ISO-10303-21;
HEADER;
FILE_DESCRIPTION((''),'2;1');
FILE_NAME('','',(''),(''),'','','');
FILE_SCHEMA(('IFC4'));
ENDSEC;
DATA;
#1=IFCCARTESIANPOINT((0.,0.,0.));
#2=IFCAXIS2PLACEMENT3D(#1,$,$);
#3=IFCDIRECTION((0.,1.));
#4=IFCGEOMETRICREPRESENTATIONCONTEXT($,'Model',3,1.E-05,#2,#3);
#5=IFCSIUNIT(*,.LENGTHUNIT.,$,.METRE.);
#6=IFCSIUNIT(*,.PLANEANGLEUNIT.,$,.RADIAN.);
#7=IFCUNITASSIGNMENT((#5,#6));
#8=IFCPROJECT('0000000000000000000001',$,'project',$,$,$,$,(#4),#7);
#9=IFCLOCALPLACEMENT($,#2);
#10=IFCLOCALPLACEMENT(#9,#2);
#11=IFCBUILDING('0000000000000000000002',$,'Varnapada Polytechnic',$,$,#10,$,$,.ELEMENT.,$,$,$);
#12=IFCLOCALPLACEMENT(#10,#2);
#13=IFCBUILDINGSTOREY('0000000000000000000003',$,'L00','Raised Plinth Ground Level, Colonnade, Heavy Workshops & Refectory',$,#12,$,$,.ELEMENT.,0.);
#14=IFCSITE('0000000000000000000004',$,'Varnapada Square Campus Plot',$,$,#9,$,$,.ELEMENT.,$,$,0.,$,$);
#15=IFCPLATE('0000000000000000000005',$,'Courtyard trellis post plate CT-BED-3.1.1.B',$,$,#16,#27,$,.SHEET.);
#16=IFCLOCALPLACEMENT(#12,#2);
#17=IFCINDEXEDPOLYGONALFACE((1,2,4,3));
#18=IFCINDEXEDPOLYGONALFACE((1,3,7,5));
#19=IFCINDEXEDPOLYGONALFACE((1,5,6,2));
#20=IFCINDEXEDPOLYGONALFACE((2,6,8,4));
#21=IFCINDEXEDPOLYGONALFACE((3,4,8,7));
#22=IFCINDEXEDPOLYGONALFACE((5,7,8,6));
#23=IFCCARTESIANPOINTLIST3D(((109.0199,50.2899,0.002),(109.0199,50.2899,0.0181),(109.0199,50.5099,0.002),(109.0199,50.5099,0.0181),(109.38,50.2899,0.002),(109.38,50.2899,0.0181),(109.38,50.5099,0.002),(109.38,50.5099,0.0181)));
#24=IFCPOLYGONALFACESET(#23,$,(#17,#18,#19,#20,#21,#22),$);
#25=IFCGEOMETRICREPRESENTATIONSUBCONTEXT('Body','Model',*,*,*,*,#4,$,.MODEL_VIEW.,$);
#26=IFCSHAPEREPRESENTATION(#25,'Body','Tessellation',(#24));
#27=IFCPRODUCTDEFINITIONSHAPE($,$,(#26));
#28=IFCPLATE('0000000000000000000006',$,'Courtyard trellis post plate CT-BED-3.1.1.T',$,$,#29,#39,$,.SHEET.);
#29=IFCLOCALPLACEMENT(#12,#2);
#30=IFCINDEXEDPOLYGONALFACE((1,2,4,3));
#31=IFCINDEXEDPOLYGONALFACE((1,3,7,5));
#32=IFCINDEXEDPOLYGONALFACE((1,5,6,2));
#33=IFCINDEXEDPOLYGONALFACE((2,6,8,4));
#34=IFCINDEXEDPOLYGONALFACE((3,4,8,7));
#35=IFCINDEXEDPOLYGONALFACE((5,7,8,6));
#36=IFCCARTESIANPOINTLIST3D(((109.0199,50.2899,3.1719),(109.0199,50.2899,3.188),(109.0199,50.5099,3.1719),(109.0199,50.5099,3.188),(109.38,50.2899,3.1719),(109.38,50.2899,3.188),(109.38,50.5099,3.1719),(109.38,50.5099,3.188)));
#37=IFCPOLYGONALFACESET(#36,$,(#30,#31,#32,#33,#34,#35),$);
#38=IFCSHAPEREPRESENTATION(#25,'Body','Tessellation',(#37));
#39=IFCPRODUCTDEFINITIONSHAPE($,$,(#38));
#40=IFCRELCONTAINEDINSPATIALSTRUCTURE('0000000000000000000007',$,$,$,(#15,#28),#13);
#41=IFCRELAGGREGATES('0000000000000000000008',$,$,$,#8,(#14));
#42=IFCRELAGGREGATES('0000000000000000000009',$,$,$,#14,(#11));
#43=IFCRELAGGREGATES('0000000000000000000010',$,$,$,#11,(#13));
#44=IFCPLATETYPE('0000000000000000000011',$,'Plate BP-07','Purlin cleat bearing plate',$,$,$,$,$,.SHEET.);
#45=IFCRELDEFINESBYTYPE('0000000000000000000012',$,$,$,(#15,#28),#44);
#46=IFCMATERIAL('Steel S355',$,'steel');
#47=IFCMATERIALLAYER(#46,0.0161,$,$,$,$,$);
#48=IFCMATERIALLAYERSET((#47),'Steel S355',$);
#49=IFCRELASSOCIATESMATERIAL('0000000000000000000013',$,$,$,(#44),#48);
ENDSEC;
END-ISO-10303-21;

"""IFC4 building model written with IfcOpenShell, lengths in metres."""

from ifc_helpers import new_model, si_unit, direction, frame, origin, origin_2d, place, context, subcontext, project, spatial, rectangle, extrude, material, layer, layer_set, type_object, element, save


model = new_model("IFC4")

# Units and contexts
model_context = context("Model", 3, precision=1e-05, world=origin(), true_north=direction((0.0, 1.0)))
body_context = subcontext(model_context, "Body", "Model", "MODEL_VIEW")
ifc_project = project(units=[si_unit("LENGTHUNIT", "METRE"), si_unit("PLANEANGLEUNIT", "RADIAN")], contexts=[model_context])

# Site, building, storey
site_placement = place(None, origin())
site = spatial("IfcSite", under=ifc_project, at=site_placement, Name="Varnapada Square Campus Plot", CompositionType="ELEMENT", RefElevation=0.0)
building_placement = place(site_placement, origin())
building = spatial("IfcBuilding", under=site, at=building_placement, Name="Varnapada Polytechnic", CompositionType="ELEMENT")
storey_placement = place(building_placement, origin())
storey = spatial("IfcBuildingStorey", under=building, at=storey_placement, Name="L00", Description="Raised Plinth Ground Level, Colonnade, Heavy Workshops & Refectory", CompositionType="ELEMENT", Elevation=0.0)

# Shared definitions
ifc_material_1 = material(Name="Steel S355", Category="steel")

# Plates
ifc_layer_1 = layer(ifc_material_1, 0.0161)
ifc_layer_set_1 = layer_set([ifc_layer_1], Name="Steel S355")
plate_type = type_object("IfcPlateType", Name="Plate BP-07", Description="Purlin cleat bearing plate", PredefinedType="SHEET", material=ifc_layer_set_1)
for number, where, z_axis, x_axis, name in (
    (1, (109.2, 50.3999, 0.002), (0.0, 0.0, 1.0), (1.0, 0.0, 0.0), "Courtyard trellis post plate CT-BED-3.1.1.B"),
    (2, (109.2, 50.3999, 3.1719), (0.0, 0.0, 1.0), (1.0, 0.0, 0.0), "Courtyard trellis post plate CT-BED-3.1.1.T"),
):
    element("IfcPlate", number, at=place(storey_placement, frame(where, z_axis=z_axis, x_axis=x_axis)), inside=storey, type_object=plate_type, Name=name, PredefinedType="SHEET", context=body_context, shape_type="SweptSolid", body=[
        extrude(rectangle(XDim=0.3601, YDim=0.22, at=origin_2d()), origin(), (0.0, 0.0, 1.0), 0.0161),
    ])

save(model, "model.ifc")
